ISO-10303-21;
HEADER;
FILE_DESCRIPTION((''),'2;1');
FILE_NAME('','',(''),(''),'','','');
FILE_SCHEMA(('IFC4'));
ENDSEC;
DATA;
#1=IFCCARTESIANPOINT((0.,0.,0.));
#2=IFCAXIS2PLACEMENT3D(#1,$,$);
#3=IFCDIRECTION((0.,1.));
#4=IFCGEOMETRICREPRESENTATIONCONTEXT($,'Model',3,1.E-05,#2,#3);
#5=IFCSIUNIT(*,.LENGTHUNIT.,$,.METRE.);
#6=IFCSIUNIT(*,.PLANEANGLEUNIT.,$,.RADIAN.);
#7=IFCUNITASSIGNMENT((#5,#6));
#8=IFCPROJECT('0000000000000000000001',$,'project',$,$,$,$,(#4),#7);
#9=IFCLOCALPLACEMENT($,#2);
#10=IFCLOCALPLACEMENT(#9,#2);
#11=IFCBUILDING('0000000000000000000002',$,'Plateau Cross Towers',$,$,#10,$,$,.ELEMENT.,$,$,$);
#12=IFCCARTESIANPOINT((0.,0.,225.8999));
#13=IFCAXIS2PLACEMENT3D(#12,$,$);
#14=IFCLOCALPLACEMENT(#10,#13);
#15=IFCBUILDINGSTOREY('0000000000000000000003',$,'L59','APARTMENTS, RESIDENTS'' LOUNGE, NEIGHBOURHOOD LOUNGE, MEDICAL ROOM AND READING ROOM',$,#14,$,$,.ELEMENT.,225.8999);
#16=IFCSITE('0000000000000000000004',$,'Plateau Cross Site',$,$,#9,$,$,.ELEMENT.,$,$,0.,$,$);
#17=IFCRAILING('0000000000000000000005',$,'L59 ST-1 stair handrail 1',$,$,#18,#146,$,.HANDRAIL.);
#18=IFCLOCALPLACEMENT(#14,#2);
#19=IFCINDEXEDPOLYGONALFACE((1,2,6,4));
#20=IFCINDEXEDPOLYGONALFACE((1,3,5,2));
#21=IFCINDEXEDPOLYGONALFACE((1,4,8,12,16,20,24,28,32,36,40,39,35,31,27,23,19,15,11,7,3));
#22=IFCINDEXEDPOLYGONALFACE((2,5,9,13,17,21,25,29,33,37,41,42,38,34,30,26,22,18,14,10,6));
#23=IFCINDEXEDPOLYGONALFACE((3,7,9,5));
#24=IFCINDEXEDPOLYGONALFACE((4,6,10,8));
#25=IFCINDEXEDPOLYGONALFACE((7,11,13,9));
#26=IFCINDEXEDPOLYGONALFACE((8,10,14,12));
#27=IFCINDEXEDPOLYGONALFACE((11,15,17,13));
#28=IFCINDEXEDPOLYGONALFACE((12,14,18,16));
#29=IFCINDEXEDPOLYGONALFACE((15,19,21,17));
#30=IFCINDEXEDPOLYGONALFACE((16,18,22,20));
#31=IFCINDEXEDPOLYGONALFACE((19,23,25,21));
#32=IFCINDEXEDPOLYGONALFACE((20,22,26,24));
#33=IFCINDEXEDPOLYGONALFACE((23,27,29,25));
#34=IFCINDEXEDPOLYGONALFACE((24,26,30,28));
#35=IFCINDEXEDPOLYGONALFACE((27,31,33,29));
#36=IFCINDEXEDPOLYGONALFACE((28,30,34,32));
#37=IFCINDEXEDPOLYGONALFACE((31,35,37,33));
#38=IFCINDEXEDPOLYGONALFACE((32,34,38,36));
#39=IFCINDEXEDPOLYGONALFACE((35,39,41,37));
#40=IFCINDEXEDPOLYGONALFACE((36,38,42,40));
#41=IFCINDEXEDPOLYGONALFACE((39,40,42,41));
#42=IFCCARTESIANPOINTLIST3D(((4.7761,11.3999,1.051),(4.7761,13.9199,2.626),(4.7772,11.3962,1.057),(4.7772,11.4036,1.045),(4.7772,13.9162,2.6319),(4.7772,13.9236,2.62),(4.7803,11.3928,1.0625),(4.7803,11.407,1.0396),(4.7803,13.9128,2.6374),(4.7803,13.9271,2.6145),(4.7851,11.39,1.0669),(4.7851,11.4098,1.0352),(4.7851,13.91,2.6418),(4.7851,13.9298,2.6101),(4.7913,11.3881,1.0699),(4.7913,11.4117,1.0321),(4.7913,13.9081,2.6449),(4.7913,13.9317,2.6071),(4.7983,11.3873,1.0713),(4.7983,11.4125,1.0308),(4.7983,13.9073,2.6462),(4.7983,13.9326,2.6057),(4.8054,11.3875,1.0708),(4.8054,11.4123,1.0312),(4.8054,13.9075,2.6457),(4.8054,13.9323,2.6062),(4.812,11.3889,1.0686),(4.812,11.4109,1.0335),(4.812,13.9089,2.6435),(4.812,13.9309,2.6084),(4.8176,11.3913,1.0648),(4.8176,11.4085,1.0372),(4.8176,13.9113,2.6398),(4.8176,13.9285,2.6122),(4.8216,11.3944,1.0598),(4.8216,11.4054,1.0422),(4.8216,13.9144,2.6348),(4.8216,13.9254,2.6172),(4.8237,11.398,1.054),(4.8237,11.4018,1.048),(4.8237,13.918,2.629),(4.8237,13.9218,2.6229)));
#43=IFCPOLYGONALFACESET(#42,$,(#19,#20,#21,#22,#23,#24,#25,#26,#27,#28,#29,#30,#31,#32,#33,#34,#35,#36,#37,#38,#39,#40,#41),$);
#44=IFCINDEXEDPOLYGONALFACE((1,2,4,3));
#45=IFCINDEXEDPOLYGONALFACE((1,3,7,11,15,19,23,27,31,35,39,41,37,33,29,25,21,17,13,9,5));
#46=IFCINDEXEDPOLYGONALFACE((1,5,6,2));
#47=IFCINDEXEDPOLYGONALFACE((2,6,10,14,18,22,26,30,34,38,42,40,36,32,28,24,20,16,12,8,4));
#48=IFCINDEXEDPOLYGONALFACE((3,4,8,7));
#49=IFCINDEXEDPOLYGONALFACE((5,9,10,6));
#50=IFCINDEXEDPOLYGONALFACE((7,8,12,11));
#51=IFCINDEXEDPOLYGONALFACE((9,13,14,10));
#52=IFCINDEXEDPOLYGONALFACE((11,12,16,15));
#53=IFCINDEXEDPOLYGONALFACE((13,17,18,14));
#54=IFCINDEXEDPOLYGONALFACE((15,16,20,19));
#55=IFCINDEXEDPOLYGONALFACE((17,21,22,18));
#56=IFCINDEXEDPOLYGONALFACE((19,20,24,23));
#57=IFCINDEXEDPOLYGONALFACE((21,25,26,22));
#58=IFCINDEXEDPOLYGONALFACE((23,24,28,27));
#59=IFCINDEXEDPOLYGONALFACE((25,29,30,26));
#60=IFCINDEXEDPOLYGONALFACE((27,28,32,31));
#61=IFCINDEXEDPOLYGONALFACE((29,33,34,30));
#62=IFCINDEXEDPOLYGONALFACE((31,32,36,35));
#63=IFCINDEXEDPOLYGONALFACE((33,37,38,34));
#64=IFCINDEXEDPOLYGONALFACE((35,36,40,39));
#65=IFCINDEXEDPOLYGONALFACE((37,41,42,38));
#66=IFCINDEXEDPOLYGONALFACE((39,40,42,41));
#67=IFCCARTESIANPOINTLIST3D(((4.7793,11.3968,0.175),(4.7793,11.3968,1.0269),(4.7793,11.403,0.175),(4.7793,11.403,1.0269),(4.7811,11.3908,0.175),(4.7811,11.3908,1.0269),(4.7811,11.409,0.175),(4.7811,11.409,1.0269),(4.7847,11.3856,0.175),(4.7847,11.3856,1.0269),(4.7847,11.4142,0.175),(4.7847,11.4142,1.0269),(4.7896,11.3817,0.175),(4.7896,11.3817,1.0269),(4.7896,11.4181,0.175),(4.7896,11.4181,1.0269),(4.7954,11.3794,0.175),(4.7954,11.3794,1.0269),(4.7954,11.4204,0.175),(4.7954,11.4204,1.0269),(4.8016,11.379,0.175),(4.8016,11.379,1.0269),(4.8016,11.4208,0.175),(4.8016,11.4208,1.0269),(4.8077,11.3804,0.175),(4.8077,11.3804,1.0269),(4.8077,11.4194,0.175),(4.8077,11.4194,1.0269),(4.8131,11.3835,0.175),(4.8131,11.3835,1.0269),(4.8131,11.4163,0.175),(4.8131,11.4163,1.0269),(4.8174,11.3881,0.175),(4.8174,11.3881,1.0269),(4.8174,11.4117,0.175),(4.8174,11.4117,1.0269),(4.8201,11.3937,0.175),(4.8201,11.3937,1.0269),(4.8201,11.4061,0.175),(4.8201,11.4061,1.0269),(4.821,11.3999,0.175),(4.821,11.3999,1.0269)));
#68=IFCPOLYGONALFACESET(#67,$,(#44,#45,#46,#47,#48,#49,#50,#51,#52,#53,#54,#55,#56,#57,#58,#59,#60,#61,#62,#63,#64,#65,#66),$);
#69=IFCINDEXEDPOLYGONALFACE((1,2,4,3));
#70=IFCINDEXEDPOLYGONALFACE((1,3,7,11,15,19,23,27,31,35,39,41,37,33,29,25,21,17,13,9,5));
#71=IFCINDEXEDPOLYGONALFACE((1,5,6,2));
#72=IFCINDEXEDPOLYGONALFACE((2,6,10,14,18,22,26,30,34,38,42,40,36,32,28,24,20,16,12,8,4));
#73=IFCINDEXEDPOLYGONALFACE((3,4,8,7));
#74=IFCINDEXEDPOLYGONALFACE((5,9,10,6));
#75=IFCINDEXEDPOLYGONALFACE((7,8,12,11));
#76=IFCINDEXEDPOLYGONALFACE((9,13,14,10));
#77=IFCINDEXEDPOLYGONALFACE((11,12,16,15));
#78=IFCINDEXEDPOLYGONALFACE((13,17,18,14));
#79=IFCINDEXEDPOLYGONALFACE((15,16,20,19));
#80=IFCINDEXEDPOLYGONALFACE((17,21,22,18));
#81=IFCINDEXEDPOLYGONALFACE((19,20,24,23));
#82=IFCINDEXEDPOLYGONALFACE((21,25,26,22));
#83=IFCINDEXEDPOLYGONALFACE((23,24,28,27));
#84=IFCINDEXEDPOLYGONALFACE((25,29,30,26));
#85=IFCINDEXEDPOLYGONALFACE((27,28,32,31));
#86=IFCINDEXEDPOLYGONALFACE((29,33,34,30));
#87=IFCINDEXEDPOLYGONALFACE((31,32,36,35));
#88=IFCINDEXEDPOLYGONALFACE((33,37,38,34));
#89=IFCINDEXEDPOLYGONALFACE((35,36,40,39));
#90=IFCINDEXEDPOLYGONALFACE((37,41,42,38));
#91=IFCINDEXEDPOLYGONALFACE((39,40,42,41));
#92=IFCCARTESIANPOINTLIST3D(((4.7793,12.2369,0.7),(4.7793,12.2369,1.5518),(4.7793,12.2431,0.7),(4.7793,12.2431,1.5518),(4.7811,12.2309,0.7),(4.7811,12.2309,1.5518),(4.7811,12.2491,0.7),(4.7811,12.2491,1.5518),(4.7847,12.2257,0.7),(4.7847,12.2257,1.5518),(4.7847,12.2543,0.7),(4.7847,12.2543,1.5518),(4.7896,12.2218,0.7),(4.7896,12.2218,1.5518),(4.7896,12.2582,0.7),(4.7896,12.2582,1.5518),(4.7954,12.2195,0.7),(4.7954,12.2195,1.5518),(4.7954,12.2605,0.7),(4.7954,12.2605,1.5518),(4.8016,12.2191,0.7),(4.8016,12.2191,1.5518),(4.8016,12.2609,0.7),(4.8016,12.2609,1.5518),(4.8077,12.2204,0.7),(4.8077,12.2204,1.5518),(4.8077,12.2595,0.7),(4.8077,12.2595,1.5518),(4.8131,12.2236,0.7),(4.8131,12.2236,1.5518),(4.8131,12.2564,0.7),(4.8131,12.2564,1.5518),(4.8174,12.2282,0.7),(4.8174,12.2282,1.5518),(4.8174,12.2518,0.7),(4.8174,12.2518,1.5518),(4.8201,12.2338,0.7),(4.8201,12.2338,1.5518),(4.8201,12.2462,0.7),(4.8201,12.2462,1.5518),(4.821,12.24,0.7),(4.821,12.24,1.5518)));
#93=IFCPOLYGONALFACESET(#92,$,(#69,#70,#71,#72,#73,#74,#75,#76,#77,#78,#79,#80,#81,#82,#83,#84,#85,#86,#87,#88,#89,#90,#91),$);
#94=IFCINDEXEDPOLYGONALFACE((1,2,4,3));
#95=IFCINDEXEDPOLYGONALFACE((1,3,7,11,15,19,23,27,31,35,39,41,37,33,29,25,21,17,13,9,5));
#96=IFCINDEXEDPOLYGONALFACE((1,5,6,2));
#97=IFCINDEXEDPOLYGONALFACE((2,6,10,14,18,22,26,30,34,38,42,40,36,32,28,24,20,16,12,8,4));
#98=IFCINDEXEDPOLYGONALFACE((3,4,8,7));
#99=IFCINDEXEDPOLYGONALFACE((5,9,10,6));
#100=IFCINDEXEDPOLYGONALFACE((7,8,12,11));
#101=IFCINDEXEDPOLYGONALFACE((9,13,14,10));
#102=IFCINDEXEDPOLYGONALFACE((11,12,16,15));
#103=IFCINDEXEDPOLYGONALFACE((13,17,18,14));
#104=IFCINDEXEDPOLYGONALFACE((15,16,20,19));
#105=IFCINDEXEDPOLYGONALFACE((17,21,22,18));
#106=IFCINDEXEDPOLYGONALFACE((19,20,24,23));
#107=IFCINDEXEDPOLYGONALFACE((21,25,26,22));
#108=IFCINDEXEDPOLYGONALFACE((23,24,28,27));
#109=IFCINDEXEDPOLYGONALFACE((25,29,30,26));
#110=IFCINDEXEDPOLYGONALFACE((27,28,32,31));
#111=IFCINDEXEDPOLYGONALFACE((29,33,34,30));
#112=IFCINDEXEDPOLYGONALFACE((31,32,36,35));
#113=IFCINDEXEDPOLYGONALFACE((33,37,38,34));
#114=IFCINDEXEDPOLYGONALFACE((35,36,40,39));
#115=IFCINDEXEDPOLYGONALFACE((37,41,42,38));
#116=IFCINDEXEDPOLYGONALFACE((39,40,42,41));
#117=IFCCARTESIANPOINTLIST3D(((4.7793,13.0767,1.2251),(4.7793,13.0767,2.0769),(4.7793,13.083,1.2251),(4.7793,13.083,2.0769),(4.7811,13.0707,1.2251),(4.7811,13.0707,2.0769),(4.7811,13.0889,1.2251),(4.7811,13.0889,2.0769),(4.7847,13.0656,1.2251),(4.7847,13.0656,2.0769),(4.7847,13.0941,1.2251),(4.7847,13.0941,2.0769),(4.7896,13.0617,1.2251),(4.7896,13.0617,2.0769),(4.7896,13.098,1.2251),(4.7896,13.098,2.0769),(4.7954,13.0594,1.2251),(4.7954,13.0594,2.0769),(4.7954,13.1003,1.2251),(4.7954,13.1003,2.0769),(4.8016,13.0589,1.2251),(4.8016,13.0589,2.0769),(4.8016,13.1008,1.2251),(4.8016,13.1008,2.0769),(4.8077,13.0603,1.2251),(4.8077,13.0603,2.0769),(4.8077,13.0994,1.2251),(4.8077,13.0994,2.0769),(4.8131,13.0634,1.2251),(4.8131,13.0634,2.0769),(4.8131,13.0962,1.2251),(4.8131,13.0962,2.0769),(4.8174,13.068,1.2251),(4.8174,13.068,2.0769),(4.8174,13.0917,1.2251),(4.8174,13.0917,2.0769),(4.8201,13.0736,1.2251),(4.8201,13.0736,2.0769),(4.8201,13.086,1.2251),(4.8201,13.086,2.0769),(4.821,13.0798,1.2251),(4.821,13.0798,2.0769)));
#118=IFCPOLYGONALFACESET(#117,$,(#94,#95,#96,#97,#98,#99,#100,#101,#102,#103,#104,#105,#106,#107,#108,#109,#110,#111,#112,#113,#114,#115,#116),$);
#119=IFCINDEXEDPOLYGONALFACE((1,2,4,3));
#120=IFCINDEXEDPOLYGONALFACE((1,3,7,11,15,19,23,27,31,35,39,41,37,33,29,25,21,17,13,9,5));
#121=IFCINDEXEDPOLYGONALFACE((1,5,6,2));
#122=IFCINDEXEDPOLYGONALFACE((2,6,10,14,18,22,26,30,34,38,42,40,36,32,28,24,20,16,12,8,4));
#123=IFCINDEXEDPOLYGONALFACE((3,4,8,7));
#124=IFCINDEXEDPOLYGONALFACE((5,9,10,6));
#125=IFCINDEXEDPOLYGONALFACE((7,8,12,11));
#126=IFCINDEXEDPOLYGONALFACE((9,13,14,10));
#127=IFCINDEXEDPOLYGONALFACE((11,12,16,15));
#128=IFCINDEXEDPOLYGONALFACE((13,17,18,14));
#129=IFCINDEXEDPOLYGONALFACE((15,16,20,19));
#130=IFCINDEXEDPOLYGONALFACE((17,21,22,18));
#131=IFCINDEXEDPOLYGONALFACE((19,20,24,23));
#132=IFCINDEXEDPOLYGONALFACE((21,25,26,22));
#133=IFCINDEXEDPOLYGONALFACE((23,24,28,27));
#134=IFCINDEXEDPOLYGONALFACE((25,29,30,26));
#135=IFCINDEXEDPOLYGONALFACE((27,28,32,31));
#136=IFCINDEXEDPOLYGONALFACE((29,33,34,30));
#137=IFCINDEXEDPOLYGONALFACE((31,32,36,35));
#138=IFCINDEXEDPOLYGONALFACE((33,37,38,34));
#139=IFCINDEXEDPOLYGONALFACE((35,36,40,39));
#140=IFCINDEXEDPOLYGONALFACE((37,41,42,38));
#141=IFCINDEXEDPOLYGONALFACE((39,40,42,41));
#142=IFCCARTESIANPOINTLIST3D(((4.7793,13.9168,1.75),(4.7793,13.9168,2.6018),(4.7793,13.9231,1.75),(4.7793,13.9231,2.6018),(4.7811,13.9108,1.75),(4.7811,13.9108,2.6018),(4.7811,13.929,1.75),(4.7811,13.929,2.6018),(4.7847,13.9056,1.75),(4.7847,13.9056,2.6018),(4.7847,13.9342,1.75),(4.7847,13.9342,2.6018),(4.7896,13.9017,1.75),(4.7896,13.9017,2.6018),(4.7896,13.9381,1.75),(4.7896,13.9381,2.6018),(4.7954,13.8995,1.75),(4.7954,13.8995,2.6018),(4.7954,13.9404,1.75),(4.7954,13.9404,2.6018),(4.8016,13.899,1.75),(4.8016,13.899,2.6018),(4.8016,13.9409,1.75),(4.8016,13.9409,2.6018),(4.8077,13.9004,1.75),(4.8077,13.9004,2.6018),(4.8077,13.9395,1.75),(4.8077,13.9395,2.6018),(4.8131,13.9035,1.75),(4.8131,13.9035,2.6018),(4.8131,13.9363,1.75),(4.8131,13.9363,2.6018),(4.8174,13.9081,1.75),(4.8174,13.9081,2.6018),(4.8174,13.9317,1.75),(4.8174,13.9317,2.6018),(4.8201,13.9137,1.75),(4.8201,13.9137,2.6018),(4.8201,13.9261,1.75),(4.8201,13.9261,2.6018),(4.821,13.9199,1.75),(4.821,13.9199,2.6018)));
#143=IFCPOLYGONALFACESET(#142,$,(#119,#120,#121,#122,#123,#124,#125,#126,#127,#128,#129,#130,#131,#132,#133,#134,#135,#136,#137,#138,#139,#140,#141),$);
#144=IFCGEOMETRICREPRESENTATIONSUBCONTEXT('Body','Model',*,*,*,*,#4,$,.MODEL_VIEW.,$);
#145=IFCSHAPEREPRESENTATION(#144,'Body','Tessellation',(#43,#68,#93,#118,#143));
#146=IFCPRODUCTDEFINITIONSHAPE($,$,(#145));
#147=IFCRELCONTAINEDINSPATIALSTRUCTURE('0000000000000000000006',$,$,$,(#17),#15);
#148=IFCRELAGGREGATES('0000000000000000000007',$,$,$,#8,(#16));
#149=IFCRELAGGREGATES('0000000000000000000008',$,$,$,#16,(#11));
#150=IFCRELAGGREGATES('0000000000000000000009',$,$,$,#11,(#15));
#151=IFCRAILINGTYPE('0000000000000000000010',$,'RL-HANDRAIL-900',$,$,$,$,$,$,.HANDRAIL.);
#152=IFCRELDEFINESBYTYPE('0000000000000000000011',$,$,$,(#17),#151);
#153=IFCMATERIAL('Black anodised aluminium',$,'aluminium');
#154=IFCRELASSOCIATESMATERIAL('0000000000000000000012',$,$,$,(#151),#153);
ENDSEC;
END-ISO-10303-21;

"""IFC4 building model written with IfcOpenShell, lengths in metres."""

from ifc_helpers import new_model, si_unit, direction, frame, origin, origin_2d, place, context, subcontext, project, spatial, circle, extrude, material, type_object, element, save


model = new_model("IFC4")

# Units and contexts
model_context = context("Model", 3, precision=1e-05, world=origin(), true_north=direction((0.0, 1.0)))
body_context = subcontext(model_context, "Body", "Model", "MODEL_VIEW")
ifc_project = project(units=[si_unit("LENGTHUNIT", "METRE"), si_unit("PLANEANGLEUNIT", "RADIAN")], contexts=[model_context])

# Site, building, storey
site_placement = place(None, origin())
site = spatial("IfcSite", under=ifc_project, at=site_placement, Name="Plateau Cross Site", CompositionType="ELEMENT", RefElevation=0.0)
building_placement = place(site_placement, origin())
building = spatial("IfcBuilding", under=site, at=building_placement, Name="Plateau Cross Towers", CompositionType="ELEMENT")
storey_placement = place(building_placement, frame((0.0, 0.0, 225.8999)))
storey = spatial("IfcBuildingStorey", under=building, at=storey_placement, Name="L59", Description="APARTMENTS, RESIDENTS' LOUNGE, NEIGHBOURHOOD LOUNGE, MEDICAL ROOM AND READING ROOM", CompositionType="ELEMENT", Elevation=225.8999)

# Railing
ifc_material_1 = material(Name="Black anodised aluminium", Category="aluminium")
railing_type_1 = type_object("IfcRailingType", Name="RL-HANDRAIL-900", PredefinedType="HANDRAIL", material=ifc_material_1)
railing_1_placement = place(storey_placement, frame((4.8, 11.3999, 0.175)))
element("IfcRailing", 1, at=railing_1_placement, inside=storey, type_object=railing_type_1, Name="L59 ST-1 stair handrail 1", PredefinedType="HANDRAIL", context=body_context, shape_type="SweptSolid", body=[
    extrude(circle(Radius=0.0239, at=origin_2d()), frame((0.0, 0.0, 0.876), z_axis=(0.0, 0.848008, 0.529984), x_axis=(-1.0, 0.0, 0.0)), (0.0, 0.0, 1.0), 2.9717),
    extrude(circle(Radius=0.021, at=origin_2d()), origin(), (0.0, 0.0, 1.0), 0.8518),
    extrude(circle(Radius=0.021, at=origin_2d()), frame((0.0, 0.8401, 0.5249)), (0.0, 0.0, 1.0), 0.8518),
    extrude(circle(Radius=0.021, at=origin_2d()), frame((0.0, 1.6799, 1.05)), (0.0, 0.0, 1.0), 0.8518),
    extrude(circle(Radius=0.021, at=origin_2d()), frame((0.0, 2.52, 1.575)), (0.0, 0.0, 1.0), 0.8518),
])

save(model, "model.ifc")
